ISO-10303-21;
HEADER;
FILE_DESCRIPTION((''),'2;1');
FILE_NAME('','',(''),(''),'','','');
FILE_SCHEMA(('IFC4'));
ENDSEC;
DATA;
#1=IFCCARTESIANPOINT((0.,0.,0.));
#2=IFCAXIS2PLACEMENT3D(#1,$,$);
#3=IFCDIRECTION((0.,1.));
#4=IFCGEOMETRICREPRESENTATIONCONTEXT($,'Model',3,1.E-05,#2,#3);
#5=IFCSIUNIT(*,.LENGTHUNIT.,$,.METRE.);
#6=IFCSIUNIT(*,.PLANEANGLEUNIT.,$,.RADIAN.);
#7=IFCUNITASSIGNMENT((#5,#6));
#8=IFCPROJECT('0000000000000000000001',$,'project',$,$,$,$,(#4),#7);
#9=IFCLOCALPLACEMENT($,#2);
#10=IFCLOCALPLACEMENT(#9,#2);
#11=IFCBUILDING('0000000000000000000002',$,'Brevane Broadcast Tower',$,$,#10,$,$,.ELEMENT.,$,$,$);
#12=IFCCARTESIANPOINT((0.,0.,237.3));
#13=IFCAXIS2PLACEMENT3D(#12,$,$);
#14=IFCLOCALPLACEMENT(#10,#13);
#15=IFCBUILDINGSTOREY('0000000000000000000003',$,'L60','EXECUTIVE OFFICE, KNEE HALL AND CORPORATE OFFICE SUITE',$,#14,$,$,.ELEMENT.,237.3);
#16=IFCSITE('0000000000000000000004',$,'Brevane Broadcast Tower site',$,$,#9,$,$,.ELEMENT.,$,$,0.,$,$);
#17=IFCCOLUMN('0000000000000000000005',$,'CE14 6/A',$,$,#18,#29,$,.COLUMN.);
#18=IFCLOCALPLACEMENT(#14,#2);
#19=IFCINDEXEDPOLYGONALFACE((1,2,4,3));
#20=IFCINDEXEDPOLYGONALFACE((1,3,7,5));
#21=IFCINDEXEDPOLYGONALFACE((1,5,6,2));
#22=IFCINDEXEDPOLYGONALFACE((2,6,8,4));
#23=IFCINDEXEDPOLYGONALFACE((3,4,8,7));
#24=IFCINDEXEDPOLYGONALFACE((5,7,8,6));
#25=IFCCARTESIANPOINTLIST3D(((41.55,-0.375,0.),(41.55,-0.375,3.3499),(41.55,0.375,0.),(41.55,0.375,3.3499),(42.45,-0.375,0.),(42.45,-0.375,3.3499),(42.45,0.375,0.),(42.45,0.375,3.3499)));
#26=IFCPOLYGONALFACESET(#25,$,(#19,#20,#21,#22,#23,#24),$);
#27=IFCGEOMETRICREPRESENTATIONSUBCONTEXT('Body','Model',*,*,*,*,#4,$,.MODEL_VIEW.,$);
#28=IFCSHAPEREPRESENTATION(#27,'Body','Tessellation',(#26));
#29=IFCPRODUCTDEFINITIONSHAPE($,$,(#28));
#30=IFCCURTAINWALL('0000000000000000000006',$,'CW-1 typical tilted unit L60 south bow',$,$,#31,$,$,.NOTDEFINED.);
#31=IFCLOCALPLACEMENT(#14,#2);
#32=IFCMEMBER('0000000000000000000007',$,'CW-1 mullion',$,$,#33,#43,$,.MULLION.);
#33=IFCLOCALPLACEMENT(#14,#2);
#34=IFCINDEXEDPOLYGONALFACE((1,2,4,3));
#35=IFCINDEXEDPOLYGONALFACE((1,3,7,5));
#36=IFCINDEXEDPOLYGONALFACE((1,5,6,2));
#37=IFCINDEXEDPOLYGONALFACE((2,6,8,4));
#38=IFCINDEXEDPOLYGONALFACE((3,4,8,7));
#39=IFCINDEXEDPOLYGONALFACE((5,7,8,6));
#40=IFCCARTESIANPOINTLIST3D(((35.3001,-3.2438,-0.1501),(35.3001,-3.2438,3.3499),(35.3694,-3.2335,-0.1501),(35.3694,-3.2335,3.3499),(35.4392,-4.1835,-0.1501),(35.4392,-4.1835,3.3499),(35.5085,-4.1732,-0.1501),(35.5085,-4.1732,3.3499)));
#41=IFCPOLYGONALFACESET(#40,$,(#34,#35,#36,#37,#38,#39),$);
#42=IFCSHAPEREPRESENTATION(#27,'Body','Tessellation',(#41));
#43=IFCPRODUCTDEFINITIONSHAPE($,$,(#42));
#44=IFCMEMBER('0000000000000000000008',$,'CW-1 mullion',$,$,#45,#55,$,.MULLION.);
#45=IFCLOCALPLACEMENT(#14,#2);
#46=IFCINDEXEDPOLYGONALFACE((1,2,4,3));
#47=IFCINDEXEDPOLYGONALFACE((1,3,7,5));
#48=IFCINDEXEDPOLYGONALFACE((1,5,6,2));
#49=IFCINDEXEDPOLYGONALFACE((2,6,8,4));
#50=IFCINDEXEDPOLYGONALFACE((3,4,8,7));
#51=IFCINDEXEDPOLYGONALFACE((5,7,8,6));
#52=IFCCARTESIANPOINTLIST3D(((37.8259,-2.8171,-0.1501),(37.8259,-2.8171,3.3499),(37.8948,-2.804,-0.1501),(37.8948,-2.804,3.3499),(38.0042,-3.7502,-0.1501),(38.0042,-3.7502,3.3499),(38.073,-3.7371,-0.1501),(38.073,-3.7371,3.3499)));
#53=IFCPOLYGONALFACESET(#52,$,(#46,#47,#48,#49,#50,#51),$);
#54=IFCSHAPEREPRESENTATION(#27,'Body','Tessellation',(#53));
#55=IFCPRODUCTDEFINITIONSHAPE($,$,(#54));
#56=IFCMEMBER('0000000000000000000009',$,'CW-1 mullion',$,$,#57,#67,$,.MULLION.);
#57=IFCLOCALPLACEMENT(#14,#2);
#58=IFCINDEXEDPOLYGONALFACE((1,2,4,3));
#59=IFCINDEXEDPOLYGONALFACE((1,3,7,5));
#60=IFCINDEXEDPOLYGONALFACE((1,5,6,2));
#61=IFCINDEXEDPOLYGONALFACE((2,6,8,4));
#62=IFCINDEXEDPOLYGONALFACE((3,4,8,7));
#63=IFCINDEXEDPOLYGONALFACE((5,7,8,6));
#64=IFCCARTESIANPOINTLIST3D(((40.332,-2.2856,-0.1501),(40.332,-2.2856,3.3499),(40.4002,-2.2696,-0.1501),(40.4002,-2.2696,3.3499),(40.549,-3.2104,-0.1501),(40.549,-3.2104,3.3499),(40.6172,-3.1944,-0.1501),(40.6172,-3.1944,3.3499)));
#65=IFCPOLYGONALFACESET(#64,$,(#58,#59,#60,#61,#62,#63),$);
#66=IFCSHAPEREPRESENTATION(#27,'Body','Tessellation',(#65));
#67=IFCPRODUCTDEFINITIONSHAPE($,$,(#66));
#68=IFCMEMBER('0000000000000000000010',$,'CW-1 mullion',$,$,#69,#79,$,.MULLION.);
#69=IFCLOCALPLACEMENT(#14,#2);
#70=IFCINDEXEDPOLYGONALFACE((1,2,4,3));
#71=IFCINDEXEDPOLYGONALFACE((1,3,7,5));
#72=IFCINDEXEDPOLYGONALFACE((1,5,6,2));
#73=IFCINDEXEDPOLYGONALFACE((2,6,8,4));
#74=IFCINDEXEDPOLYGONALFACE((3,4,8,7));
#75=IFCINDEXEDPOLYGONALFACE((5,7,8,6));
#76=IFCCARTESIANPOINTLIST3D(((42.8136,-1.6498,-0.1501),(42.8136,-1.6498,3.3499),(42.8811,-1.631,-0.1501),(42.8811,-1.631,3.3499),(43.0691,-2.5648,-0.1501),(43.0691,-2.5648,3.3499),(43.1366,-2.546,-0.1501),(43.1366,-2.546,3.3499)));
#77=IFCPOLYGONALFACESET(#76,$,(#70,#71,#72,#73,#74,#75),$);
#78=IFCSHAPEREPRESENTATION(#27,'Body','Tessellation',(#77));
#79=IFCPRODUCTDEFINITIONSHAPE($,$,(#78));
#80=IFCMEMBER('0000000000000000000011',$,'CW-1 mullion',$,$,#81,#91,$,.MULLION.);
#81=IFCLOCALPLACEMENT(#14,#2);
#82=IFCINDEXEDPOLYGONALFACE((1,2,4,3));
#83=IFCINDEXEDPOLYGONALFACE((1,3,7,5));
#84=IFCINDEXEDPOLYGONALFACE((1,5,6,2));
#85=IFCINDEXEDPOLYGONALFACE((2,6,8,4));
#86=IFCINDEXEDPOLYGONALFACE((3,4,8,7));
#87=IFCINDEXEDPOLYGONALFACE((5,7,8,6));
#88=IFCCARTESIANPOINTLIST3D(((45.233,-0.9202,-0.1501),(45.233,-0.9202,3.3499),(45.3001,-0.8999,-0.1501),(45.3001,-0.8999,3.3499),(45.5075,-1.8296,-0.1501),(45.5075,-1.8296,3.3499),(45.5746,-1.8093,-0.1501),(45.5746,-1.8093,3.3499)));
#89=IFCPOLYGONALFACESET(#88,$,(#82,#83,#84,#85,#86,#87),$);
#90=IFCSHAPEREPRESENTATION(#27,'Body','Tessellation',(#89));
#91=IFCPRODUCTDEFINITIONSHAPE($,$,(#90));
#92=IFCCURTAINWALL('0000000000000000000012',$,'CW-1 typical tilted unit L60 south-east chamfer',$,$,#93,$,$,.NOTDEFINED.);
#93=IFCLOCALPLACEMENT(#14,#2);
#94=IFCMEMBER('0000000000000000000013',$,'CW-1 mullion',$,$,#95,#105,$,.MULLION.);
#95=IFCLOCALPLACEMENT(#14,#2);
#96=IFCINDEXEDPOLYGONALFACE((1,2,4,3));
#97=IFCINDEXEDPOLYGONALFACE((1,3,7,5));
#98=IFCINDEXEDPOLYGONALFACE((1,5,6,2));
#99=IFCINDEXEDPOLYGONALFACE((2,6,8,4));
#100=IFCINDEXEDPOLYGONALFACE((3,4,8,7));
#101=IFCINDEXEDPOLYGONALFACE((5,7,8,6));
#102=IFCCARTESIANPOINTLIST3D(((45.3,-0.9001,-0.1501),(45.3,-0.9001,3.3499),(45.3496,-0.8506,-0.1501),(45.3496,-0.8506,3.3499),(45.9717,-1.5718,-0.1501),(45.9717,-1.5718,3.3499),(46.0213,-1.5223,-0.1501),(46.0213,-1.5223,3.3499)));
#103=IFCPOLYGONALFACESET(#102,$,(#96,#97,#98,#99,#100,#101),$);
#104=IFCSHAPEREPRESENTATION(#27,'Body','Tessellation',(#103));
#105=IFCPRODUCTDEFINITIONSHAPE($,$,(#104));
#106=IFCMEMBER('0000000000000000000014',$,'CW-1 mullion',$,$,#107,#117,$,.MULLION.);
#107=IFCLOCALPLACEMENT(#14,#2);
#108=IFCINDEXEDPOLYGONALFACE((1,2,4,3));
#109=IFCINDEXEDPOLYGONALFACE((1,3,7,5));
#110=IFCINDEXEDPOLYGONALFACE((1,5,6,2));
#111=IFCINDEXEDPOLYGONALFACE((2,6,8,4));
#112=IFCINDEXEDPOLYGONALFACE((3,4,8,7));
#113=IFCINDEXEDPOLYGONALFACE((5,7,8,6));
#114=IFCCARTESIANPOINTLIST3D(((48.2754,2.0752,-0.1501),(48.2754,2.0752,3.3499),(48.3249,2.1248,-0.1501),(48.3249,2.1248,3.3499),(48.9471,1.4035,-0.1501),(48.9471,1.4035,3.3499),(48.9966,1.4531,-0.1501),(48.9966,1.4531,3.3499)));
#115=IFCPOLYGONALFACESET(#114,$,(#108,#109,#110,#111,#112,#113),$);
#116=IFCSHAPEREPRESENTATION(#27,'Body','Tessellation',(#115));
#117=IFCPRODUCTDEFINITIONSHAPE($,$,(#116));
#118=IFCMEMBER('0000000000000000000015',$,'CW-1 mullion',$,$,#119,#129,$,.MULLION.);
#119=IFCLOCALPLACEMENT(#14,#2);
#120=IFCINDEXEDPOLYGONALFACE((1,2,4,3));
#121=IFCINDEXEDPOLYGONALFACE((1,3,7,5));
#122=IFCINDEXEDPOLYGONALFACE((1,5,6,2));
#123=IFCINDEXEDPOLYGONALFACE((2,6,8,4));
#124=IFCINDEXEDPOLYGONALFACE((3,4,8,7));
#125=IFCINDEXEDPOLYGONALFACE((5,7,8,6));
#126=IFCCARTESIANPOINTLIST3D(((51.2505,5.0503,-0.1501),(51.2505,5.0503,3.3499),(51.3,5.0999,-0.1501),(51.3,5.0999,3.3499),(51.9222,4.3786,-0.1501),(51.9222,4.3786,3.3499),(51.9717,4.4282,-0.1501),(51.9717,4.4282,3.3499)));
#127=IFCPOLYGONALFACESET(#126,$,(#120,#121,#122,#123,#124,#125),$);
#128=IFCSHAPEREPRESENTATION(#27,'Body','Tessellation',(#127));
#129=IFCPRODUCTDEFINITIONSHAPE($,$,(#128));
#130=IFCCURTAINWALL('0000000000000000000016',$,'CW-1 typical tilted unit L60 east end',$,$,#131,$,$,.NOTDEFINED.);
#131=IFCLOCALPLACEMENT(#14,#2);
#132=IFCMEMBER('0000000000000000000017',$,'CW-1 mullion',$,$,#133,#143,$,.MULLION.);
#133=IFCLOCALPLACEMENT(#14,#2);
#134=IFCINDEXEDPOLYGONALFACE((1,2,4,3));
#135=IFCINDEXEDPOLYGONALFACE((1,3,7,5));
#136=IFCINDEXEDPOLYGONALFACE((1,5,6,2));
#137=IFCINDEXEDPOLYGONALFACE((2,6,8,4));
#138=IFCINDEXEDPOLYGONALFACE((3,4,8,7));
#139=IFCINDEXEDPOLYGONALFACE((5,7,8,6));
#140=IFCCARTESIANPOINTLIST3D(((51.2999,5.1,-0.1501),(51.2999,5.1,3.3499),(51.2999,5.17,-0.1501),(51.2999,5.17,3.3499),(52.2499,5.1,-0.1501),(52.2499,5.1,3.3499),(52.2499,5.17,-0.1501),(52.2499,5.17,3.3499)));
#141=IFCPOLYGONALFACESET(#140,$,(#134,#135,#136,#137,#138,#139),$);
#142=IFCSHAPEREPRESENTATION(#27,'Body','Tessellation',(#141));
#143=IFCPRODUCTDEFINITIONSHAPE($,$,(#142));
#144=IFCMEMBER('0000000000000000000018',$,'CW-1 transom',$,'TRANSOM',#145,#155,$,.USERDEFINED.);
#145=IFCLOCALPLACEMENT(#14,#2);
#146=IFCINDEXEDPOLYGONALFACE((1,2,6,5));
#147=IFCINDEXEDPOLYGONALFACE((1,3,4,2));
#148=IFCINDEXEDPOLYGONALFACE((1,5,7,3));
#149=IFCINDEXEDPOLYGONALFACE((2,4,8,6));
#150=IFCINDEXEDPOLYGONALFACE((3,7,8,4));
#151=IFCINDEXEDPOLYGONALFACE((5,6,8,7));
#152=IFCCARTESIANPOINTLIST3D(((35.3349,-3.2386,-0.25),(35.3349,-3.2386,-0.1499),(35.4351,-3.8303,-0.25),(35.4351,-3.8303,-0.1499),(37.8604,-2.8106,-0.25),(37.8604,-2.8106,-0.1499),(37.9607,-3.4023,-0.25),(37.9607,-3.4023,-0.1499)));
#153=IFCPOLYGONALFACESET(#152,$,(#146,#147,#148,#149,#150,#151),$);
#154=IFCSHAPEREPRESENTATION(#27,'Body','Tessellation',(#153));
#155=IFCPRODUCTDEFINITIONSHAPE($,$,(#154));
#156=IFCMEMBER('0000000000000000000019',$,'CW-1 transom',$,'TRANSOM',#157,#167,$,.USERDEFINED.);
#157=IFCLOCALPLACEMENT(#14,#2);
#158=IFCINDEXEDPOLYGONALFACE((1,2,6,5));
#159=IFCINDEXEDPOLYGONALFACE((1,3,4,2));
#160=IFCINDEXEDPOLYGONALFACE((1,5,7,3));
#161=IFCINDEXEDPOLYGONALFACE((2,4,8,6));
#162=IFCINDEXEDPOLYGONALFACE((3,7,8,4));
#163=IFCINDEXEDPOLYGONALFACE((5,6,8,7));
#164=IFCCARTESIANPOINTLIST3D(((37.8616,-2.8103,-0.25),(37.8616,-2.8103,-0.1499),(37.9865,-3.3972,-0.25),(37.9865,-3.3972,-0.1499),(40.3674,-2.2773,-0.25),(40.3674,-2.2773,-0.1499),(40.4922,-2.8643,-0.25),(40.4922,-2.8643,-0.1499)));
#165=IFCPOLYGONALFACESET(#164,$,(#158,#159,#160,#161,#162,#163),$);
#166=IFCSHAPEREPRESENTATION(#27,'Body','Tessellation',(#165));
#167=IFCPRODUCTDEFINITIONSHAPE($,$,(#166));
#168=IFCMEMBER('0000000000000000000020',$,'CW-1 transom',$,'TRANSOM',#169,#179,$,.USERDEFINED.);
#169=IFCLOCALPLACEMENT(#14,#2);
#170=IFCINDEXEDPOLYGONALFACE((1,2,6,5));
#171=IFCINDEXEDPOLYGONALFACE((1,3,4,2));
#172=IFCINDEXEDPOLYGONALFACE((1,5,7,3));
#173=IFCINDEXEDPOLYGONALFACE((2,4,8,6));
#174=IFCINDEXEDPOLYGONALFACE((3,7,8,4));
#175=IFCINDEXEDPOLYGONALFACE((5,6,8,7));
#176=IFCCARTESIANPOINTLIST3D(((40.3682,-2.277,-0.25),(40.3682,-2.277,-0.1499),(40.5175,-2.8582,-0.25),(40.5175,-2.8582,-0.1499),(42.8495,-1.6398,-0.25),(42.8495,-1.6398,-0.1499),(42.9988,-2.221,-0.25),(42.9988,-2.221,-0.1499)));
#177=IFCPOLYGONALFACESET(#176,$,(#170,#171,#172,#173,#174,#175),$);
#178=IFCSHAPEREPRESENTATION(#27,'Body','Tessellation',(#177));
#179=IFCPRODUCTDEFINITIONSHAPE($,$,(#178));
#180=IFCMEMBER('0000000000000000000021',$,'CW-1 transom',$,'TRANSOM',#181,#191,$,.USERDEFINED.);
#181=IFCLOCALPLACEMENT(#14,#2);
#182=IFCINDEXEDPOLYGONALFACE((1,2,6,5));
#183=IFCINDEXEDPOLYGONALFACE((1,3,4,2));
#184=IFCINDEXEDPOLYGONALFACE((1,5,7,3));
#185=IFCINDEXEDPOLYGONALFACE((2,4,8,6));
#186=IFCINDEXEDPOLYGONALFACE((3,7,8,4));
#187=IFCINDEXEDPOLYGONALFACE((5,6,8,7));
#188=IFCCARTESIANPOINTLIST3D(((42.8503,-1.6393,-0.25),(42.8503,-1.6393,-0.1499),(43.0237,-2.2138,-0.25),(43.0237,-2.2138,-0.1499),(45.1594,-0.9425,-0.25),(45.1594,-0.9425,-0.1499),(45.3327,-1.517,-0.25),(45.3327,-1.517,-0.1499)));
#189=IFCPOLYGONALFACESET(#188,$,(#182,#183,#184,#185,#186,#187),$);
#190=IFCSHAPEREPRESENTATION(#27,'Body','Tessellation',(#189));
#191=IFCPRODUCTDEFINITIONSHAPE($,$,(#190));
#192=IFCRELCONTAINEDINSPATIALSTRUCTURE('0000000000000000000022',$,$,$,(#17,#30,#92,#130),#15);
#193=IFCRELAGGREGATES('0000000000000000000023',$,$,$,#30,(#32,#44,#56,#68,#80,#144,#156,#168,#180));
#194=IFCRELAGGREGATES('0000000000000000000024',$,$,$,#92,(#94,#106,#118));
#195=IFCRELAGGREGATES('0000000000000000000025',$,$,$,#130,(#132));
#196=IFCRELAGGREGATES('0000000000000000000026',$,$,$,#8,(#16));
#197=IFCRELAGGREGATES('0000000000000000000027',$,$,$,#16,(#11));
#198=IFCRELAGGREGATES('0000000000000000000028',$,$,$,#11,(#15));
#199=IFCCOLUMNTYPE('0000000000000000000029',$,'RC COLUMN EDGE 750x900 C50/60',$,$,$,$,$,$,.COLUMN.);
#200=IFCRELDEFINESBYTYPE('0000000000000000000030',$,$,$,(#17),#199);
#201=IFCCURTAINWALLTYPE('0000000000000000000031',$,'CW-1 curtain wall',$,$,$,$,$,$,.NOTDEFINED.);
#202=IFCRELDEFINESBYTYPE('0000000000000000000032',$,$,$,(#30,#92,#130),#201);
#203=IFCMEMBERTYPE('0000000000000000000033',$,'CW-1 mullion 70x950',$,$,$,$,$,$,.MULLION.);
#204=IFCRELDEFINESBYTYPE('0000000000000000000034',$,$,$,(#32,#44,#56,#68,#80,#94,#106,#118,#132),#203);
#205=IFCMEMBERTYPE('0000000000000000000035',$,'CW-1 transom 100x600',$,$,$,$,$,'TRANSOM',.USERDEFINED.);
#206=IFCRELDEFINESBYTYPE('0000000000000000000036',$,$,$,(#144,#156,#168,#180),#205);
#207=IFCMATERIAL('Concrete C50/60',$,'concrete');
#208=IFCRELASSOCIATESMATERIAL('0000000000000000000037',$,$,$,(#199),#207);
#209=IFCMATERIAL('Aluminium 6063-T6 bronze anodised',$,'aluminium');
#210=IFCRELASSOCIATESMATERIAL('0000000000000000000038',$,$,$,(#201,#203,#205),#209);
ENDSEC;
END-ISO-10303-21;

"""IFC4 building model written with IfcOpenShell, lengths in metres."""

from ifc_helpers import new_model, si_unit, direction, frame, origin, origin_2d, place, context, subcontext, project, spatial, rectangle, extrude, material, material_profile, profile_set, type_object, element, aggregate, save


model = new_model("IFC4")

# Units and contexts
model_context = context("Model", 3, precision=1e-05, world=origin(), true_north=direction((0.0, 1.0)))
body_context = subcontext(model_context, "Body", "Model", "MODEL_VIEW")
ifc_project = project(units=[si_unit("LENGTHUNIT", "METRE"), si_unit("PLANEANGLEUNIT", "RADIAN")], contexts=[model_context])

# Site, building, storey
site_placement = place(None, origin())
site = spatial("IfcSite", under=ifc_project, at=site_placement, Name="Brevane Broadcast Tower site", CompositionType="ELEMENT", RefElevation=0.0)
building_placement = place(site_placement, origin())
building = spatial("IfcBuilding", under=site, at=building_placement, Name="Brevane Broadcast Tower", CompositionType="ELEMENT")
storey_placement = place(building_placement, frame((0.0, 0.0, 237.3)))
storey = spatial("IfcBuildingStorey", under=building, at=storey_placement, Name="L60", Description="EXECUTIVE OFFICE, KNEE HALL AND CORPORATE OFFICE SUITE", CompositionType="ELEMENT", Elevation=237.3)

# Column
ifc_material_1 = material(Name="Concrete C50/60", Category="concrete")
ifc_material_profile_1 = material_profile(ifc_material_1, rectangle(XDim=0.75, YDim=0.8999, at=origin_2d()), Name="RC 750x900")
ifc_profile_set_1 = profile_set([ifc_material_profile_1], Name="Concrete C50/60")
column_type = type_object("IfcColumnType", Name="RC COLUMN EDGE 750x900 C50/60", PredefinedType="COLUMN", material=ifc_profile_set_1)
column_placement = place(storey_placement, frame((42.0, 0.0, 0.0), z_axis=(0.0, 0.0, 1.0), x_axis=(0.0, 1.0, 0.0)))
element("IfcColumn", 1, at=column_placement, inside=storey, type_object=column_type, Name="CE14 6/A", PredefinedType="COLUMN", context=body_context, shape_type="SweptSolid", body=[
    extrude(rectangle(XDim=0.75, YDim=0.8999, at=origin_2d()), origin(), (0.0, 0.0, 1.0), 3.3499),
])

# Curtain walls, members
ifc_material_2 = material(Name="Aluminium 6063-T6 bronze anodised", Category="aluminium")
curtain_wall_type = type_object("IfcCurtainWallType", Name="CW-1 curtain wall", PredefinedType="NOTDEFINED", material=ifc_material_2)
curtain_wall_1_placement = place(storey_placement, origin())
curtain_wall_1 = element("IfcCurtainWall", 2, at=curtain_wall_1_placement, inside=storey, type_object=curtain_wall_type, Name="CW-1 typical tilted unit L60 south bow", PredefinedType="NOTDEFINED")
ifc_material_profile_2 = material_profile(ifc_material_2, rectangle(XDim=0.95, YDim=0.0701, at=origin_2d()), Name="RECT 70x950")
ifc_profile_set_2 = profile_set([ifc_material_profile_2], Name="Aluminium 6063-T6 bronze anodised")
member_type_1 = type_object("IfcMemberType", Name="CW-1 mullion 70x950", PredefinedType="MULLION", material=ifc_profile_set_2)
member_1_placement = place(storey_placement, frame((35.4043, -3.7085, -0.1501), z_axis=(0.0, 0.0, 1.0), x_axis=(-0.146447, 0.989218, 0.0)))
member_1 = element("IfcMember", 3, at=member_1_placement, type_object=member_type_1, Name="CW-1 mullion", PredefinedType="MULLION", context=body_context, shape_type="SweptSolid", body=[
    extrude(rectangle(XDim=0.95, YDim=0.0701, at=origin_2d()), origin(), (0.0, 0.0, 1.0), 3.5),
])
member_2_placement = place(storey_placement, frame((37.9495, -3.2771, -0.1501), z_axis=(0.0, 0.0, 1.0), x_axis=(-0.187621, 0.982242, 0.0)))
member_2 = element("IfcMember", 4, at=member_2_placement, type_object=member_type_1, Name="CW-1 mullion", PredefinedType="MULLION", context=body_context, shape_type="SweptSolid", body=[
    extrude(rectangle(XDim=0.95, YDim=0.0701, at=origin_2d()), origin(), (0.0, 0.0, 1.0), 3.5),
])
member_3_placement = place(storey_placement, frame((40.4746, -2.74, -0.1501), z_axis=(0.0, 0.0, 1.0), x_axis=(-0.228467, 0.973552, 0.0)))
member_3 = element("IfcMember", 5, at=member_3_placement, type_object=member_type_1, Name="CW-1 mullion", PredefinedType="MULLION", context=body_context, shape_type="SweptSolid", body=[
    extrude(rectangle(XDim=0.95, YDim=0.0701, at=origin_2d()), origin(), (0.0, 0.0, 1.0), 3.5),
])
member_4_placement = place(storey_placement, frame((42.9751, -2.0979, -0.1501), z_axis=(0.0, 0.0, 1.0), x_axis=(-0.268916, 0.963164, 0.0)))
member_4 = element("IfcMember", 6, at=member_4_placement, type_object=member_type_1, Name="CW-1 mullion", PredefinedType="MULLION", context=body_context, shape_type="SweptSolid", body=[
    extrude(rectangle(XDim=0.95, YDim=0.0701, at=origin_2d()), origin(), (0.0, 0.0, 1.0), 3.5),
])
member_5_placement = place(storey_placement, frame((45.4038, -1.3647, -0.1501), z_axis=(0.0, 0.0, 1.0), x_axis=(-0.288968, 0.957339, 0.0)))
member_5 = element("IfcMember", 7, at=member_5_placement, type_object=member_type_1, Name="CW-1 mullion", PredefinedType="MULLION", context=body_context, shape_type="SweptSolid", body=[
    extrude(rectangle(XDim=0.95, YDim=0.0701, at=origin_2d()), origin(), (0.0, 0.0, 1.0), 3.5),
])
curtain_wall_2_placement = place(storey_placement, origin())
curtain_wall_2 = element("IfcCurtainWall", 8, at=curtain_wall_2_placement, inside=storey, type_object=curtain_wall_type, Name="CW-1 typical tilted unit L60 south-east chamfer", PredefinedType="NOTDEFINED")
member_6_placement = place(storey_placement, frame((45.6606, -1.2112, -0.1501), z_axis=(0.0, 0.0, 1.0), x_axis=(-0.707107, 0.707107, 0.0)))
member_6 = element("IfcMember", 9, at=member_6_placement, type_object=member_type_1, Name="CW-1 mullion", PredefinedType="MULLION", context=body_context, shape_type="SweptSolid", body=[
    extrude(rectangle(XDim=0.95, YDim=0.0701, at=origin_2d()), origin(), (0.0, 0.0, 1.0), 3.5),
])
member_7_placement = place(storey_placement, frame((48.636, 1.7642, -0.1501), z_axis=(0.0, 0.0, 1.0), x_axis=(-0.707107, 0.707107, 0.0)))
member_7 = element("IfcMember", 10, at=member_7_placement, type_object=member_type_1, Name="CW-1 mullion", PredefinedType="MULLION", context=body_context, shape_type="SweptSolid", body=[
    extrude(rectangle(XDim=0.95, YDim=0.0701, at=origin_2d()), origin(), (0.0, 0.0, 1.0), 3.5),
])
member_8_placement = place(storey_placement, frame((51.6111, 4.7393, -0.1501), z_axis=(0.0, 0.0, 1.0), x_axis=(-0.707107, 0.707107, 0.0)))
member_8 = element("IfcMember", 11, at=member_8_placement, type_object=member_type_1, Name="CW-1 mullion", PredefinedType="MULLION", context=body_context, shape_type="SweptSolid", body=[
    extrude(rectangle(XDim=0.95, YDim=0.0701, at=origin_2d()), origin(), (0.0, 0.0, 1.0), 3.5),
])

# Curtain wall, member
curtain_wall_3_placement = place(storey_placement, origin())
curtain_wall_3 = element("IfcCurtainWall", 12, at=curtain_wall_3_placement, inside=storey, type_object=curtain_wall_type, Name="CW-1 typical tilted unit L60 east end", PredefinedType="NOTDEFINED")
member_9_placement = place(storey_placement, frame((51.7749, 5.135, -0.1501), z_axis=(0.0, 0.0, 1.0), x_axis=(-1.0, 0.0, 0.0)))
member_9 = element("IfcMember", 13, at=member_9_placement, type_object=member_type_1, Name="CW-1 mullion", PredefinedType="MULLION", context=body_context, shape_type="SweptSolid", body=[
    extrude(rectangle(XDim=0.95, YDim=0.0701, at=origin_2d()), origin(), (0.0, 0.0, 1.0), 3.5),
])

# Members
ifc_material_profile_3 = material_profile(ifc_material_2, rectangle(XDim=0.6001, YDim=0.1001, at=origin_2d()), Name="RECT 100x600")
ifc_profile_set_3 = profile_set([ifc_material_profile_3], Name="Aluminium 6063-T6 bronze anodised")
member_type_2 = type_object("IfcMemberType", Name="CW-1 transom 100x600", ElementType="TRANSOM", PredefinedType="USERDEFINED", material=ifc_profile_set_3)
member_10_placement = place(storey_placement, frame((35.385, -3.5344, -0.2), z_axis=(0.985945, 0.167072, 0.0), x_axis=(-0.167072, 0.985945, 0.0)))
member_10 = element("IfcMember", 14, at=member_10_placement, type_object=member_type_2, Name="CW-1 transom", ObjectType="TRANSOM", PredefinedType="USERDEFINED", context=body_context, shape_type="SweptSolid", body=[
    extrude(rectangle(XDim=0.6001, YDim=0.1001, at=origin_2d()), origin(), (0.0, 0.0, 1.0), 2.5615),
])
member_11_placement = place(storey_placement, frame((37.9241, -3.1038, -0.2), z_axis=(0.978118, 0.208051, 0.0), x_axis=(-0.208051, 0.978118, 0.0)))
member_11 = element("IfcMember", 15, at=member_11_placement, type_object=member_type_2, Name="CW-1 transom", ObjectType="TRANSOM", PredefinedType="USERDEFINED", context=body_context, shape_type="SweptSolid", body=[
    extrude(rectangle(XDim=0.6001, YDim=0.1001, at=origin_2d()), origin(), (0.0, 0.0, 1.0), 2.5618),
])
member_12_placement = place(storey_placement, frame((40.4429, -2.5676, -0.2), z_axis=(0.96857, 0.248742, 0.0), x_axis=(-0.248742, 0.96857, 0.0)))
member_12 = element("IfcMember", 16, at=member_12_placement, type_object=member_type_2, Name="CW-1 transom", ObjectType="TRANSOM", PredefinedType="USERDEFINED", context=body_context, shape_type="SweptSolid", body=[
    extrude(rectangle(XDim=0.6001, YDim=0.1001, at=origin_2d()), origin(), (0.0, 0.0, 1.0), 2.5618),
])
member_13_placement = place(storey_placement, frame((42.937, -1.9265, -0.2), z_axis=(0.957363, 0.288889, 0.0), x_axis=(-0.288889, 0.957363, 0.0)))
member_13 = element("IfcMember", 17, at=member_13_placement, type_object=member_type_2, Name="CW-1 transom", ObjectType="TRANSOM", PredefinedType="USERDEFINED", context=body_context, shape_type="SweptSolid", body=[
    extrude(rectangle(XDim=0.6001, YDim=0.1001, at=origin_2d()), origin(), (0.0, 0.0, 1.0), 2.4119),
])
aggregate(curtain_wall_1, [member_1, member_2, member_3, member_4, member_5, member_10, member_11, member_12, member_13])
aggregate(curtain_wall_2, [member_6, member_7, member_8])
aggregate(curtain_wall_3, [member_9])

save(model, "model.ifc")
